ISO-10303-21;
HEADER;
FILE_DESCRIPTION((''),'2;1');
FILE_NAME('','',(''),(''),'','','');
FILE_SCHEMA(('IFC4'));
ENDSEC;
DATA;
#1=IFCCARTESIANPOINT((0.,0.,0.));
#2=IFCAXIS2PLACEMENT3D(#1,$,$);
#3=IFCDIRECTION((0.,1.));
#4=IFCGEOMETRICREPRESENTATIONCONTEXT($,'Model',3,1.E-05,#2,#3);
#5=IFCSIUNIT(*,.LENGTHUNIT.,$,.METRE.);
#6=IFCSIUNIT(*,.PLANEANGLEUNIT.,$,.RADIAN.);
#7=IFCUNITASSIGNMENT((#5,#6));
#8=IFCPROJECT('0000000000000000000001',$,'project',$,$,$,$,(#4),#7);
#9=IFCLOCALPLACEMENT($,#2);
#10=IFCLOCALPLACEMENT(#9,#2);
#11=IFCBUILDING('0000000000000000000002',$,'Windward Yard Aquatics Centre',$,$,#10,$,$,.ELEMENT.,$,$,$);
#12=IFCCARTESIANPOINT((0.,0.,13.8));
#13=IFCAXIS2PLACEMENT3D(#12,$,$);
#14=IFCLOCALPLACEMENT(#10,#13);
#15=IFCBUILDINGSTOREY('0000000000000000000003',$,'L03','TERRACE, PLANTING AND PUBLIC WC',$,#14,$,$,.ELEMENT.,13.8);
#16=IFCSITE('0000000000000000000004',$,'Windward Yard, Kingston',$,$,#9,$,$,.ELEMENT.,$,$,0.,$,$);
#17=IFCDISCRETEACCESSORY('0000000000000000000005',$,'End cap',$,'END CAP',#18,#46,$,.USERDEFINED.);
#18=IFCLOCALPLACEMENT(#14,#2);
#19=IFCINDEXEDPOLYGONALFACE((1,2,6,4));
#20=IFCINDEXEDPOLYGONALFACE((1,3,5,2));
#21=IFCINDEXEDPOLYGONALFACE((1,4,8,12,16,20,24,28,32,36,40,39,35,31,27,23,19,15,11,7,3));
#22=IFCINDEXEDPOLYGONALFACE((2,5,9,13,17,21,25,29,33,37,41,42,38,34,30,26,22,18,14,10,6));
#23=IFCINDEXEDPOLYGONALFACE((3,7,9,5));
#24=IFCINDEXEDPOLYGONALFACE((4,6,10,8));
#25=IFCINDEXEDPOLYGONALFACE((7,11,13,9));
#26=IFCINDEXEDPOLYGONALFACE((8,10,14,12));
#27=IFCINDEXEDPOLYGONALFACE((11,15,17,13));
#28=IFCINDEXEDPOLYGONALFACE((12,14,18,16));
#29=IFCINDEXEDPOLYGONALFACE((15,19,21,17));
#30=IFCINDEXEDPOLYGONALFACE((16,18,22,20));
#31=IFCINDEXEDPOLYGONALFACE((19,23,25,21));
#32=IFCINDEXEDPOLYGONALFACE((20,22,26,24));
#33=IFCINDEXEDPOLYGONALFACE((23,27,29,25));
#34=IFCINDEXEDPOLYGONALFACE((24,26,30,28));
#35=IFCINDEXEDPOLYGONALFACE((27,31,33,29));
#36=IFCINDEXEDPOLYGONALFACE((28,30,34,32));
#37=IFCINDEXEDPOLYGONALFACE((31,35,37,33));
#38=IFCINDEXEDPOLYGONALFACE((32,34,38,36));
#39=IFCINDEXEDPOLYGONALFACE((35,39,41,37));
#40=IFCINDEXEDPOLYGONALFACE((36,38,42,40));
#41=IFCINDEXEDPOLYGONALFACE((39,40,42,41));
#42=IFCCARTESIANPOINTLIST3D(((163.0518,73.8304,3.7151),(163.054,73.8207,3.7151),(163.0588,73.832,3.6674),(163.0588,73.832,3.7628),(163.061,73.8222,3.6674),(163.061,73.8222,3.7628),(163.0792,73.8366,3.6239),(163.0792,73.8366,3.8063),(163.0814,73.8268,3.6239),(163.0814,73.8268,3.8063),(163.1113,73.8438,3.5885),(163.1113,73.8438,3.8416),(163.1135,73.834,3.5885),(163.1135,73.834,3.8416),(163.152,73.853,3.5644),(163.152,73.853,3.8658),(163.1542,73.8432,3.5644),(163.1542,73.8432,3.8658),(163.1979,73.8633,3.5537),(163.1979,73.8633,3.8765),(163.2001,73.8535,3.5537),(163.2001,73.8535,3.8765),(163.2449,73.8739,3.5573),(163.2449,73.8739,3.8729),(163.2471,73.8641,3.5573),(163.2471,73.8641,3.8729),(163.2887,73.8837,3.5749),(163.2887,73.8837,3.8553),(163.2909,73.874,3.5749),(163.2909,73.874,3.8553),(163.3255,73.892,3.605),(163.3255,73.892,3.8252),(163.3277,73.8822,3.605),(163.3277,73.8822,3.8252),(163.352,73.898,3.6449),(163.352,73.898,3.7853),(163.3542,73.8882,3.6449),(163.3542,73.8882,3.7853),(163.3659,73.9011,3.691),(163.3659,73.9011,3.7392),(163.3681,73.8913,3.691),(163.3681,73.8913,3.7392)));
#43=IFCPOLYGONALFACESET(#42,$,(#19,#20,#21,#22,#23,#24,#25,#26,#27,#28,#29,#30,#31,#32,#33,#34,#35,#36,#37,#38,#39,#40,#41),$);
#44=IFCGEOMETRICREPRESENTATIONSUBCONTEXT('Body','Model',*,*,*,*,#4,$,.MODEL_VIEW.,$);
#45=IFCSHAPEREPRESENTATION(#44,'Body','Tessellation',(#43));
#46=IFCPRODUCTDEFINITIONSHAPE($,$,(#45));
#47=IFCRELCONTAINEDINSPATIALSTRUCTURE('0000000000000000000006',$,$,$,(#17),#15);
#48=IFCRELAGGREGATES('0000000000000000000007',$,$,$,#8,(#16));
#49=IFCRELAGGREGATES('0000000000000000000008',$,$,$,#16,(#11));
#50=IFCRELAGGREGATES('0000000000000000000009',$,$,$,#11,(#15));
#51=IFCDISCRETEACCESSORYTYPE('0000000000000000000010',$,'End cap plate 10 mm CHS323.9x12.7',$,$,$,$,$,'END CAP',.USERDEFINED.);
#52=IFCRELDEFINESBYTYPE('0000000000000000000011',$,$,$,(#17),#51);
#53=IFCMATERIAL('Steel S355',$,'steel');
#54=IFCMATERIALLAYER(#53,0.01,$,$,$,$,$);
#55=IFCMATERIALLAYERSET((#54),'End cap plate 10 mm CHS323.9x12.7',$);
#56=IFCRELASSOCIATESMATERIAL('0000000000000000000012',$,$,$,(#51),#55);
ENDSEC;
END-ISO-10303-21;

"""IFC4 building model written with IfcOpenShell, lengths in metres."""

from ifc_helpers import new_model, si_unit, direction, frame, origin, origin_2d, place, context, subcontext, project, spatial, circle, extrude, material, layer, layer_set, type_object, element, save


model = new_model("IFC4")

# Units and contexts
model_context = context("Model", 3, precision=1e-05, world=origin(), true_north=direction((0.0, 1.0)))
body_context = subcontext(model_context, "Body", "Model", "MODEL_VIEW")
ifc_project = project(units=[si_unit("LENGTHUNIT", "METRE"), si_unit("PLANEANGLEUNIT", "RADIAN")], contexts=[model_context])

# Site, building, storey
site_placement = place(None, origin())
site = spatial("IfcSite", under=ifc_project, at=site_placement, Name="Windward Yard, Kingston", CompositionType="ELEMENT", RefElevation=0.0)
building_placement = place(site_placement, origin())
building = spatial("IfcBuilding", under=site, at=building_placement, Name="Windward Yard Aquatics Centre", CompositionType="ELEMENT")
storey_placement = place(building_placement, frame((0.0, 0.0, 13.8)))
storey = spatial("IfcBuildingStorey", under=building, at=storey_placement, Name="L03", Description="TERRACE, PLANTING AND PUBLIC WC", CompositionType="ELEMENT", Elevation=13.8)

# Discrete accessory
ifc_material_1 = material(Name="Steel S355", Category="steel")
ifc_layer_1 = layer(ifc_material_1, 0.01)
ifc_layer_set_1 = layer_set([ifc_layer_1], Name="End cap plate 10 mm CHS323.9x12.7")
discrete_accessory_type = type_object("IfcDiscreteAccessoryType", Name="End cap plate 10 mm CHS323.9x12.7", ElementType="END CAP", PredefinedType="USERDEFINED", material=ifc_layer_set_1)
discrete_accessory_placement = place(storey_placement, frame((163.2119, 73.8562, 3.7151), z_axis=(-0.219512, 0.97561, 0.0), x_axis=(-0.97561, -0.219512, 0.0)))
element("IfcDiscreteAccessory", 1, at=discrete_accessory_placement, inside=storey, type_object=discrete_accessory_type, Name="End cap", ObjectType="END CAP", PredefinedType="USERDEFINED", context=body_context, shape_type="SweptSolid", body=[
    extrude(circle(Radius=0.1619, at=origin_2d()), origin(), (0.0, 0.0, 1.0), 0.01),
])

save(model, "model.ifc")
